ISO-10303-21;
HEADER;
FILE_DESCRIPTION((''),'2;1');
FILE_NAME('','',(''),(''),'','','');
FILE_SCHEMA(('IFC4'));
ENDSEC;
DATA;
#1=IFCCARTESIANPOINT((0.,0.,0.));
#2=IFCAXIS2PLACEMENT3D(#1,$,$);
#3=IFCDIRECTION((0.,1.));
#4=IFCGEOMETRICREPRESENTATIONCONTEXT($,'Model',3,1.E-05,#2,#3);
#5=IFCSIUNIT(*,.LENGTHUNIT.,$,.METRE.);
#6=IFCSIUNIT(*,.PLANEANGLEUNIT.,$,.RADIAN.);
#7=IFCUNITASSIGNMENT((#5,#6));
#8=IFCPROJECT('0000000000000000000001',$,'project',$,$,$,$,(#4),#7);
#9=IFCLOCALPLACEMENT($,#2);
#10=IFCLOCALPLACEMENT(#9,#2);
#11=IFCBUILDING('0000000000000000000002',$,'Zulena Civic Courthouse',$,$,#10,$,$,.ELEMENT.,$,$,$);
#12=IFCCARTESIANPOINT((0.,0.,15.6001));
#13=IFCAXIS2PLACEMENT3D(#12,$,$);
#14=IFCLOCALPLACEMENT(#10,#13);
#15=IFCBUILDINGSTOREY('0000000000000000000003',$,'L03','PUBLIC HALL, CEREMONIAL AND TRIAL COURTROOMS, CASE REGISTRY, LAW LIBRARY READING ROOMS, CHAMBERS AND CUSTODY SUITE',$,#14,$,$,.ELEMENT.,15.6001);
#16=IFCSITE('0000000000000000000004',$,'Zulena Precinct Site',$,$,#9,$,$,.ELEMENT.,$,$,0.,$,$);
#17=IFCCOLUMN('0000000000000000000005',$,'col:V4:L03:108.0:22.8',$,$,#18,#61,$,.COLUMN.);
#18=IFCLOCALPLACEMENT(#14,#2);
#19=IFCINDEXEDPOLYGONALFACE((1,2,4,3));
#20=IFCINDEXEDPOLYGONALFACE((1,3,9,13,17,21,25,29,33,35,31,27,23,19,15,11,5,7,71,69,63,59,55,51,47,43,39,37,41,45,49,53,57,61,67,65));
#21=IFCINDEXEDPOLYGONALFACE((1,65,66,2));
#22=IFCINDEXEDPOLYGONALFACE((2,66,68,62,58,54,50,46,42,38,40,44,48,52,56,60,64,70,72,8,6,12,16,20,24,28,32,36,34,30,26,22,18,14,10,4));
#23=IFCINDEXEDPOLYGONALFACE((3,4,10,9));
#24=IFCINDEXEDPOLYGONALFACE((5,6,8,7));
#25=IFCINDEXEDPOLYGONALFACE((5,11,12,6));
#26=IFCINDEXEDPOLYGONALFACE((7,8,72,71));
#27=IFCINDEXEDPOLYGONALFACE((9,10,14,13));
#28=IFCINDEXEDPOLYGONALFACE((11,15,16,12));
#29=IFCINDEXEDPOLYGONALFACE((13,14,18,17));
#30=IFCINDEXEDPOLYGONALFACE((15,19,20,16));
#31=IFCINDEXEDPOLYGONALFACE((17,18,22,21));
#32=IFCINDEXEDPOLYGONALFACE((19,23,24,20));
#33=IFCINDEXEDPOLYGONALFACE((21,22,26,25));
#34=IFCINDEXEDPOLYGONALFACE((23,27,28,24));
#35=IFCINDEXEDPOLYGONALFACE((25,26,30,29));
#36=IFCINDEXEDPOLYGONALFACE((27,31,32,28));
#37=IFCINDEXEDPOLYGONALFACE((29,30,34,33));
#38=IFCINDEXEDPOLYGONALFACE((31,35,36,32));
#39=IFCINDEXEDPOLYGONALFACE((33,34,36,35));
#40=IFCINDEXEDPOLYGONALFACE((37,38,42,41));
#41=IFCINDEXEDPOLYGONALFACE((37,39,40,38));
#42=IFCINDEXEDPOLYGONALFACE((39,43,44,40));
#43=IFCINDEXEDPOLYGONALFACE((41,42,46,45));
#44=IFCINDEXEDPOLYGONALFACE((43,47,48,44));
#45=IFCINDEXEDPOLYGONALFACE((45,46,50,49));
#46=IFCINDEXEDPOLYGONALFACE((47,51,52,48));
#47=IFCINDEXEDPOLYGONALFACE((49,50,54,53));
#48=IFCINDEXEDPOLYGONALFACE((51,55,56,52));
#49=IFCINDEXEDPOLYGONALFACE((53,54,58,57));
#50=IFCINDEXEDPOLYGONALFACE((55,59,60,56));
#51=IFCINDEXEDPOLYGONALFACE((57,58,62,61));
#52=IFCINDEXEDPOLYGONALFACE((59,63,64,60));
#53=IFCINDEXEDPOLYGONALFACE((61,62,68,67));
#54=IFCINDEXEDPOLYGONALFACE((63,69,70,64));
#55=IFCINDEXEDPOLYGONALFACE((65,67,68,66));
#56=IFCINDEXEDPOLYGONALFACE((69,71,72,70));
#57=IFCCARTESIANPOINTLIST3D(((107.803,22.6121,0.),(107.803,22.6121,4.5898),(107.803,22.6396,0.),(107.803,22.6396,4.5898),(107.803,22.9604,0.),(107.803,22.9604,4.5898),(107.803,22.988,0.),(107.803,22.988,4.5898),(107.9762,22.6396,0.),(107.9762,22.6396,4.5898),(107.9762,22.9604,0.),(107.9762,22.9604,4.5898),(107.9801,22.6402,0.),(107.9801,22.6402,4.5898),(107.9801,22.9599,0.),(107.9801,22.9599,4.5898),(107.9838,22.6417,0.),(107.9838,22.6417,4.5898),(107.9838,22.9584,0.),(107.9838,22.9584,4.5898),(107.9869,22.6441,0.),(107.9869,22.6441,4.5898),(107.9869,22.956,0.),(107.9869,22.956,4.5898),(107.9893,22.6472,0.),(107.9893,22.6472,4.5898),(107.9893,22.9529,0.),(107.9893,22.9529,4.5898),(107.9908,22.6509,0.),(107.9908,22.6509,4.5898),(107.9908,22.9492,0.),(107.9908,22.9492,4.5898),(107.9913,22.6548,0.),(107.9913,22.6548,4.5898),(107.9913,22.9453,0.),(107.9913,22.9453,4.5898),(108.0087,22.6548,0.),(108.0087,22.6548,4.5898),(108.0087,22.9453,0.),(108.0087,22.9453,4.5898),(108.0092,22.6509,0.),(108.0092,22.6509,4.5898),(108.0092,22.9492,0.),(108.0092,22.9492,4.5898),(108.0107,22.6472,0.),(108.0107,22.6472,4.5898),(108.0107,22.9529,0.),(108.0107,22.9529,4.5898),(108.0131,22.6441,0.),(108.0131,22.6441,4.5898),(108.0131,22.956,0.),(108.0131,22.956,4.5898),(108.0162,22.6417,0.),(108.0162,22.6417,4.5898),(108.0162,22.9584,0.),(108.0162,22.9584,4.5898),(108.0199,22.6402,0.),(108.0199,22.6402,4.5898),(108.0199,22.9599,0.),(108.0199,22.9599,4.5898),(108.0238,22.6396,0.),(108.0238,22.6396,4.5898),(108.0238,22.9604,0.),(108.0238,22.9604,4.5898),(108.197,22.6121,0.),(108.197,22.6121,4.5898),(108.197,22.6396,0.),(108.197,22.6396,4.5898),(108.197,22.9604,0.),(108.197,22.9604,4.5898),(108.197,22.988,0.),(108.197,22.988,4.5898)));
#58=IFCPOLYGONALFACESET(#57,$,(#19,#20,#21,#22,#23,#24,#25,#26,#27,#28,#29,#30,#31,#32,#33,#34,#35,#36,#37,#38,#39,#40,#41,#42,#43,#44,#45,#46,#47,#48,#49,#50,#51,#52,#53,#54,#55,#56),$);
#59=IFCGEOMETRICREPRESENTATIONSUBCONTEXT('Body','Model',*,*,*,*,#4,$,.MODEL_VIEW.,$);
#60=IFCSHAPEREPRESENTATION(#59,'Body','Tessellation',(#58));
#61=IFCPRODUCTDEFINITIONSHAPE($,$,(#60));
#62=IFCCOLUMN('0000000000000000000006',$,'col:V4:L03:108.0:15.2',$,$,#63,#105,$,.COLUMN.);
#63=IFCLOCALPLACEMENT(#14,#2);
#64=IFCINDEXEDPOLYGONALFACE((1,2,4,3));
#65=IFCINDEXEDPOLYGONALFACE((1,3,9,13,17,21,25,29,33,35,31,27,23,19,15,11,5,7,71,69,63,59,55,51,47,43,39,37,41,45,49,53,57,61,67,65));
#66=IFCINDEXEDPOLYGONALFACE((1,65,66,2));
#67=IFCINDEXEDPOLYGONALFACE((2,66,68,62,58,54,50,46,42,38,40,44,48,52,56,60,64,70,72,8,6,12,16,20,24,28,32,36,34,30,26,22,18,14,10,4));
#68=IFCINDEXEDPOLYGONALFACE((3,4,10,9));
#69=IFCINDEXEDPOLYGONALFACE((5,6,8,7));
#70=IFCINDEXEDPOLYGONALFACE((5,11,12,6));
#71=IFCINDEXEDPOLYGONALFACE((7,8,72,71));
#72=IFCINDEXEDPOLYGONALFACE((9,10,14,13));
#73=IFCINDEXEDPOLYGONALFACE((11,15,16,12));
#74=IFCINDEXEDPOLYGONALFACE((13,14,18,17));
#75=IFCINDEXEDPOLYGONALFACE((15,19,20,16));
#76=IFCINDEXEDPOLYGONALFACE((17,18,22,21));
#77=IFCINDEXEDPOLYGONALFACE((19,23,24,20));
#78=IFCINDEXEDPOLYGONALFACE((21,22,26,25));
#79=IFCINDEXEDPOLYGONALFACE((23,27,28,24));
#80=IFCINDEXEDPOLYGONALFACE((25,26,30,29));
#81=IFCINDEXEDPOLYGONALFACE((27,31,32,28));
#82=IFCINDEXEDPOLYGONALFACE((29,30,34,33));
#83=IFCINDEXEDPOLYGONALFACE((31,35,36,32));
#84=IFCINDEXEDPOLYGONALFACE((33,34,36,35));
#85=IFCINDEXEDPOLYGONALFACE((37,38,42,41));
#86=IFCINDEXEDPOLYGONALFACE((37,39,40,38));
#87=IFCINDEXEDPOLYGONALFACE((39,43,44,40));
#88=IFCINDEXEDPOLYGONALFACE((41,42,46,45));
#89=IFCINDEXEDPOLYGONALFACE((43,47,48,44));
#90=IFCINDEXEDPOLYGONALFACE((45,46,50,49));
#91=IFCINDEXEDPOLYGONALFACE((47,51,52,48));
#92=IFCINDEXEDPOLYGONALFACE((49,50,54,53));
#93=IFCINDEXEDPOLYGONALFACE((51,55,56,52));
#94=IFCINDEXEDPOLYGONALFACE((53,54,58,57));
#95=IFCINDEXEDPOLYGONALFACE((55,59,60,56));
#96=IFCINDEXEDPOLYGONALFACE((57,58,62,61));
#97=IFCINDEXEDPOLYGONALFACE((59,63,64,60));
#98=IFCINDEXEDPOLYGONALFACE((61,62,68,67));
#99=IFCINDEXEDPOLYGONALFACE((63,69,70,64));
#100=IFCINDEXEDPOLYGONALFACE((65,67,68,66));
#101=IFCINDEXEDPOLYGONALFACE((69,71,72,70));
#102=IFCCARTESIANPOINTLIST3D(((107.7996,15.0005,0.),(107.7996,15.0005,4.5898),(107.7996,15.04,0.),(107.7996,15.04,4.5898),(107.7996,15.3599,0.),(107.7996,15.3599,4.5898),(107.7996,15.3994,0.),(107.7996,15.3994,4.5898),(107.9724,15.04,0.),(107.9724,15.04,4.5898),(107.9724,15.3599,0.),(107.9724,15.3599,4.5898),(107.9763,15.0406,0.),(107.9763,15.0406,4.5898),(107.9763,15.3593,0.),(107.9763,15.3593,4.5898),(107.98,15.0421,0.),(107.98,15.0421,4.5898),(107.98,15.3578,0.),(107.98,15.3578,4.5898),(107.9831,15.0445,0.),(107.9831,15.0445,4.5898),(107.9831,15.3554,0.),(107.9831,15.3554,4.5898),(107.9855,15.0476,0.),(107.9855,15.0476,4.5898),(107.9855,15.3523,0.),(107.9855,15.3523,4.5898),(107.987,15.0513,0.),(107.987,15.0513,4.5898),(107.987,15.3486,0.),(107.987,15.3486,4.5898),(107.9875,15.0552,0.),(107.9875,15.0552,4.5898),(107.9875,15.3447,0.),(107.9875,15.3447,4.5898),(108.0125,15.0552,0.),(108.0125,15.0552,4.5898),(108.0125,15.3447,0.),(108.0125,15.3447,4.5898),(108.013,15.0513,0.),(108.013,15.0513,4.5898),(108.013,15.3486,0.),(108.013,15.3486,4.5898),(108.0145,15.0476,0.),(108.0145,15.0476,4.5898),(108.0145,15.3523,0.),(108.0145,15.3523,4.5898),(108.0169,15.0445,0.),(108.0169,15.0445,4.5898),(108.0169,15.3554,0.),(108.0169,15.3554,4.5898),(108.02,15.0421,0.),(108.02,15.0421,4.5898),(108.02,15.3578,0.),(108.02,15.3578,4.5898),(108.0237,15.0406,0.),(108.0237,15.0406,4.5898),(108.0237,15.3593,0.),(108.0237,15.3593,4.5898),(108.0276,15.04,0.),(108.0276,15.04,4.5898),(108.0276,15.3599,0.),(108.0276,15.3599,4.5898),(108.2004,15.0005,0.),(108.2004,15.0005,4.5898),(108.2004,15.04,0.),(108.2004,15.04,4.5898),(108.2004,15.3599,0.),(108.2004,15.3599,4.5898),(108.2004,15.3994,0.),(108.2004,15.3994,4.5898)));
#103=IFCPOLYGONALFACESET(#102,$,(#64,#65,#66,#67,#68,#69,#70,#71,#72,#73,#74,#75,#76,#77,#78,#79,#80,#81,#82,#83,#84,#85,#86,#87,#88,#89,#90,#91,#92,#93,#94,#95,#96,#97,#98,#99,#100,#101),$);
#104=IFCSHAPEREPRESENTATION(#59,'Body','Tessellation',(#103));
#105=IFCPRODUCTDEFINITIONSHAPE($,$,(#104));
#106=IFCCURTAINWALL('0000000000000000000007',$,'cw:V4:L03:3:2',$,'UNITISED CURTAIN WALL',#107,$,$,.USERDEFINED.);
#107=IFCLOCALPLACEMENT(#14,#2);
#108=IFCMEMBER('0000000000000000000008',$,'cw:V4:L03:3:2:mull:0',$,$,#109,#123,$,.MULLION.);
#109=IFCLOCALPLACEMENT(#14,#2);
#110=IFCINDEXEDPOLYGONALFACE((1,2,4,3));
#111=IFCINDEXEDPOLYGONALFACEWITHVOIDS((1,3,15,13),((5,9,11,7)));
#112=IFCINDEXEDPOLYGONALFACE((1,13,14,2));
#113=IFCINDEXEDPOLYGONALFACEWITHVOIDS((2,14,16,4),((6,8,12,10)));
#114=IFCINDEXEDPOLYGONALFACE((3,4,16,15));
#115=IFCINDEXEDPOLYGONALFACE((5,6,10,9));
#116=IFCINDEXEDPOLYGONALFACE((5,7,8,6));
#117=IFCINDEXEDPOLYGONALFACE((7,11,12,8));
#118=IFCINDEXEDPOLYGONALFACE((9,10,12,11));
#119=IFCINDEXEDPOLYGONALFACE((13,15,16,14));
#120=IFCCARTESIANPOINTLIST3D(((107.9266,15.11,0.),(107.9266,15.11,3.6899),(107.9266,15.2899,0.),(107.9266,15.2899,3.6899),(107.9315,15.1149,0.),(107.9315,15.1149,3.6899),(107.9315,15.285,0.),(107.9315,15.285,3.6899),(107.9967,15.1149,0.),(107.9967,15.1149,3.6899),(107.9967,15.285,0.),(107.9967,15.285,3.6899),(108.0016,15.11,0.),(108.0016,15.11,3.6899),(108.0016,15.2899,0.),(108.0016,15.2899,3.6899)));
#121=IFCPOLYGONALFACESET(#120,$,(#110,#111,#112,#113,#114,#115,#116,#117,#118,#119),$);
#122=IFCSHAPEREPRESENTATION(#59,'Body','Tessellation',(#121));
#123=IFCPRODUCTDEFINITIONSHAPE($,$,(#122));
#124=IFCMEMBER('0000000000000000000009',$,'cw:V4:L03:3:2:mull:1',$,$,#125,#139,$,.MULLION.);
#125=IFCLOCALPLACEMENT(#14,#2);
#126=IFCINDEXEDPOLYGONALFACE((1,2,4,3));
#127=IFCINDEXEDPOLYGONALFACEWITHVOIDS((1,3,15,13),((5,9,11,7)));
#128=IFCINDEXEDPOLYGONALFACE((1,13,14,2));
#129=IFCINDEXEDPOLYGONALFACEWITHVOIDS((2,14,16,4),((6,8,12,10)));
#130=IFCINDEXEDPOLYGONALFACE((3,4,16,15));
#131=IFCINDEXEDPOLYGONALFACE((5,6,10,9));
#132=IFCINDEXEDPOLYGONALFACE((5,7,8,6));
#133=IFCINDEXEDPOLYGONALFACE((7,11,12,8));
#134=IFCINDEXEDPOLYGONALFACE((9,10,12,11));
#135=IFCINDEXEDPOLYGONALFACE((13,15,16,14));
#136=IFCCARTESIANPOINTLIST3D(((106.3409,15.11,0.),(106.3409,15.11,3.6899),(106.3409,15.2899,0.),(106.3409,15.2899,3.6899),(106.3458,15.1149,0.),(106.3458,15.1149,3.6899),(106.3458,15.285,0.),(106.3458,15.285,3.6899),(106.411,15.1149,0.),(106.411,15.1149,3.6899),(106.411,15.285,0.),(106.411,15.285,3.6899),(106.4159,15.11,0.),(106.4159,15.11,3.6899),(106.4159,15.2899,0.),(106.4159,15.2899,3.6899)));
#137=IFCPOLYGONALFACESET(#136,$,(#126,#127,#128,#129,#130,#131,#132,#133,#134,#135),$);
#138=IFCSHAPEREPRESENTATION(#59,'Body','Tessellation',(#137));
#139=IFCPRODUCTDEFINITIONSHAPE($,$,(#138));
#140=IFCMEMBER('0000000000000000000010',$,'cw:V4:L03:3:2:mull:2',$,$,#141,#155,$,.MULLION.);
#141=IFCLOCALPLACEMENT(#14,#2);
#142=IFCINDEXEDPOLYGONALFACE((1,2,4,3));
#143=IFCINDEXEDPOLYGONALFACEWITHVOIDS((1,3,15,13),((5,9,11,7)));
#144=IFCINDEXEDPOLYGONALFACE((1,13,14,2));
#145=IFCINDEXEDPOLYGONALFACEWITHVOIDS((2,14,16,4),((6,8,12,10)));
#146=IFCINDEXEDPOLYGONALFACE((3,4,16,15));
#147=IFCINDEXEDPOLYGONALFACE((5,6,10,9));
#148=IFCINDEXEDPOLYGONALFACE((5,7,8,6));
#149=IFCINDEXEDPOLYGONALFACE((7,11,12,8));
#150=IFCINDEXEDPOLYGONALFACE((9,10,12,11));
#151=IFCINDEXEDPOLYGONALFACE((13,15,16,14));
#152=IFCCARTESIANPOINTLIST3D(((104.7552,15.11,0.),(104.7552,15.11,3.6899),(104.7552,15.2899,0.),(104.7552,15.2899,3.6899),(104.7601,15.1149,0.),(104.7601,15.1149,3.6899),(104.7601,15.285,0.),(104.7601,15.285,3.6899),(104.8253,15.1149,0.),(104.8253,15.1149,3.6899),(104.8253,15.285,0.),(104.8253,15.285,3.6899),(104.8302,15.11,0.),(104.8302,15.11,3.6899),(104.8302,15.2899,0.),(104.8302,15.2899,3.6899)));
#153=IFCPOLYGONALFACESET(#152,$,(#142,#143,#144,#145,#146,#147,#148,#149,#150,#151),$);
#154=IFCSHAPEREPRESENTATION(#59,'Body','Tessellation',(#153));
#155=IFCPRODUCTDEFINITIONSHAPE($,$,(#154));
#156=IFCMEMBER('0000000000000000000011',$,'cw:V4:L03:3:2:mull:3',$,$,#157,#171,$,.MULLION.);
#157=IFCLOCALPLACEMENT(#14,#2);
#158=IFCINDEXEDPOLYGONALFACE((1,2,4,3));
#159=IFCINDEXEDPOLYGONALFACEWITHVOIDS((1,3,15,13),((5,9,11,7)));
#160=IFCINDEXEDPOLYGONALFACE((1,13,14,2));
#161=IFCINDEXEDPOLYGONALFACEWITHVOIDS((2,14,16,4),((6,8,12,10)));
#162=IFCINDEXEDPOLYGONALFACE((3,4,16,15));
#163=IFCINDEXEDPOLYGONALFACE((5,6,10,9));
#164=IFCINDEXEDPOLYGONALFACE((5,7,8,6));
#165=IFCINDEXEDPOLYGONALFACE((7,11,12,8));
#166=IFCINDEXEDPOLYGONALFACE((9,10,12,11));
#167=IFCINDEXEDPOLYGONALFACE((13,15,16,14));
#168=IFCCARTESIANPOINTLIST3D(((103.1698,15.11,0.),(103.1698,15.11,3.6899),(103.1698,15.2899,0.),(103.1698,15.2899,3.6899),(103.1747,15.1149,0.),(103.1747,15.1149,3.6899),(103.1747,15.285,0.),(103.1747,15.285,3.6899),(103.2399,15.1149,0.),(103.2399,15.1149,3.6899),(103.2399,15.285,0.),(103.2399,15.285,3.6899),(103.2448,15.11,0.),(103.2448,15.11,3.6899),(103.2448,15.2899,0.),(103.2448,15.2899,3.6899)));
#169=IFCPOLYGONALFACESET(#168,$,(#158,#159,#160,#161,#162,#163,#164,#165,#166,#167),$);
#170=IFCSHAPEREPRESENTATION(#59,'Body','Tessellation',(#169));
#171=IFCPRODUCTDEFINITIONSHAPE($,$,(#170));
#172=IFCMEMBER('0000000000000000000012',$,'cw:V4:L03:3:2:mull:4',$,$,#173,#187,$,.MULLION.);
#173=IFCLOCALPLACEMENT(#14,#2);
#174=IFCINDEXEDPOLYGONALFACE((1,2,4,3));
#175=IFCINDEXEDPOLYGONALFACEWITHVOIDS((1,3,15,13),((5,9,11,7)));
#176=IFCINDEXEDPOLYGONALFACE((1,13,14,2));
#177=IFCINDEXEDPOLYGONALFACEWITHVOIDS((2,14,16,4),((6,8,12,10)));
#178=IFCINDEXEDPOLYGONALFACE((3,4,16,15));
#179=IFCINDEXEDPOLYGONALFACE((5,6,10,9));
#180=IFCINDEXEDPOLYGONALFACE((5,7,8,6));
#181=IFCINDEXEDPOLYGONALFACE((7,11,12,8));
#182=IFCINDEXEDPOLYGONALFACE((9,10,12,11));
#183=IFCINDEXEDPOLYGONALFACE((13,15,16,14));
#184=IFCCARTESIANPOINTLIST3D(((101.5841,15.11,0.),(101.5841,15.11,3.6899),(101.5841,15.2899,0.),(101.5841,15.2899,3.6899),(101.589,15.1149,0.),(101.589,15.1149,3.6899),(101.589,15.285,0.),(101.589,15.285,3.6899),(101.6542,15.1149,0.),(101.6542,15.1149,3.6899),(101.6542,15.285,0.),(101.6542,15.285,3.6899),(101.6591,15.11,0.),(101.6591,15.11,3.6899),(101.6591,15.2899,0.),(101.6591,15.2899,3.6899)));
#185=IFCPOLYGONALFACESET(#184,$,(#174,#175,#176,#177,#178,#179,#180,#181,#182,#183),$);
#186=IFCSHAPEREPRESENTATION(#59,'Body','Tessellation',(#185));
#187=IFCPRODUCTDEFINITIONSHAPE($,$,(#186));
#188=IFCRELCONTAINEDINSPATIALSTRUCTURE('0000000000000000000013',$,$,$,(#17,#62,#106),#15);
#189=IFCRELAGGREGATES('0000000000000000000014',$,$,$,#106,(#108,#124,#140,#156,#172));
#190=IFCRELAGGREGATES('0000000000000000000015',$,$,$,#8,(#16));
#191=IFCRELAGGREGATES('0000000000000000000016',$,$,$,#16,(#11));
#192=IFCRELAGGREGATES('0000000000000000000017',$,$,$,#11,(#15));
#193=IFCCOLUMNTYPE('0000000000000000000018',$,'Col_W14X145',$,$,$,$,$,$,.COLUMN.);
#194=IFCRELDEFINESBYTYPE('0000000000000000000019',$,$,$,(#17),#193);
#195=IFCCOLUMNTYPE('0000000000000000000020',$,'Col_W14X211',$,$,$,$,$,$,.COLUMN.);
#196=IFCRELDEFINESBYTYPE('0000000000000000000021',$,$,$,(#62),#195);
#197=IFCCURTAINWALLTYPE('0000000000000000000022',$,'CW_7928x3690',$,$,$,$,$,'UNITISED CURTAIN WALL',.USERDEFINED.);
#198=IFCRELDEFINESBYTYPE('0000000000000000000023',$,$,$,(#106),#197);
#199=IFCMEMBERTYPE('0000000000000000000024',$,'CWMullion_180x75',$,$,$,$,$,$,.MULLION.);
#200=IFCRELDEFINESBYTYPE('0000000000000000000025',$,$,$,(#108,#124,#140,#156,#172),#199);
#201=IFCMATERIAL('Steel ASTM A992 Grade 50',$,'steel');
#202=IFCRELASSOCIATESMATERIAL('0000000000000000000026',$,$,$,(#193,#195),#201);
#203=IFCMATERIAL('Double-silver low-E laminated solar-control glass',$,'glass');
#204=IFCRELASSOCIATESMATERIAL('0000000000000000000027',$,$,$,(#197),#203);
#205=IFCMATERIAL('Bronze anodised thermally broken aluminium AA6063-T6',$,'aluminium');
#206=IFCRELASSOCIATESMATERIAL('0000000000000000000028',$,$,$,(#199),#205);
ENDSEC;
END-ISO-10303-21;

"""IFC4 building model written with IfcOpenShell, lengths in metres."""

from ifc_helpers import new_model, si_unit, direction, frame, origin, origin_2d, place, context, subcontext, project, spatial, hollow_rectangle, i_section, extrude, material, material_profile, profile_set, type_object, element, aggregate, save


model = new_model("IFC4")

# Units and contexts
model_context = context("Model", 3, precision=1e-05, world=origin(), true_north=direction((0.0, 1.0)))
body_context = subcontext(model_context, "Body", "Model", "MODEL_VIEW")
ifc_project = project(units=[si_unit("LENGTHUNIT", "METRE"), si_unit("PLANEANGLEUNIT", "RADIAN")], contexts=[model_context])

# Site, building, storey
site_placement = place(None, origin())
site = spatial("IfcSite", under=ifc_project, at=site_placement, Name="Zulena Precinct Site", CompositionType="ELEMENT", RefElevation=0.0)
building_placement = place(site_placement, origin())
building = spatial("IfcBuilding", under=site, at=building_placement, Name="Zulena Civic Courthouse", CompositionType="ELEMENT")
storey_placement = place(building_placement, frame((0.0, 0.0, 15.6001)))
storey = spatial("IfcBuildingStorey", under=building, at=storey_placement, Name="L03", Description="PUBLIC HALL, CEREMONIAL AND TRIAL COURTROOMS, CASE REGISTRY, LAW LIBRARY READING ROOMS, CHAMBERS AND CUSTODY SUITE", CompositionType="ELEMENT", Elevation=15.6001)

# Columns
ifc_material_1 = material(Name="Steel ASTM A992 Grade 50", Category="steel")
ifc_material_profile_1 = material_profile(ifc_material_1, i_section(OverallWidth=0.394, OverallDepth=0.376, WebThickness=0.0173, FlangeThickness=0.0276, FilletRadius=0.0151, at=origin_2d()), Name="W14X145")
ifc_profile_set_1 = profile_set([ifc_material_profile_1], Name="Steel ASTM A992 Grade 50")
column_type_1 = type_object("IfcColumnType", Name="Col_W14X145", PredefinedType="COLUMN", material=ifc_profile_set_1)
column_1_placement = place(storey_placement, frame((108.0, 22.8, 0.0), z_axis=(0.0, 0.0, 1.0), x_axis=(1.0, 0.0, 0.0)))
element("IfcColumn", 1, at=column_1_placement, inside=storey, type_object=column_type_1, Name="col:V4:L03:108.0:22.8", PredefinedType="COLUMN", context=body_context, shape_type="SweptSolid", body=[
    extrude(i_section(OverallWidth=0.394, OverallDepth=0.376, WebThickness=0.0173, FlangeThickness=0.0276, FilletRadius=0.0151, at=origin_2d()), origin(), (0.0, 0.0, 1.0), 4.5898),
])
ifc_material_profile_2 = material_profile(ifc_material_1, i_section(OverallWidth=0.4009, OverallDepth=0.3989, WebThickness=0.0249, FlangeThickness=0.0396, FilletRadius=0.0151, at=origin_2d()), Name="W14X211")
ifc_profile_set_2 = profile_set([ifc_material_profile_2], Name="Steel ASTM A992 Grade 50")
column_type_2 = type_object("IfcColumnType", Name="Col_W14X211", PredefinedType="COLUMN", material=ifc_profile_set_2)
column_2_placement = place(storey_placement, frame((108.0, 15.2, 0.0), z_axis=(0.0, 0.0, 1.0), x_axis=(1.0, 0.0, 0.0)))
element("IfcColumn", 2, at=column_2_placement, inside=storey, type_object=column_type_2, Name="col:V4:L03:108.0:15.2", PredefinedType="COLUMN", context=body_context, shape_type="SweptSolid", body=[
    extrude(i_section(OverallWidth=0.4009, OverallDepth=0.3989, WebThickness=0.0249, FlangeThickness=0.0396, FilletRadius=0.0151, at=origin_2d()), origin(), (0.0, 0.0, 1.0), 4.5898),
])

# Curtain wall, members
ifc_material_2 = material(Name="Double-silver low-E laminated solar-control glass", Category="glass")
curtain_wall_type = type_object("IfcCurtainWallType", Name="CW_7928x3690", ElementType="UNITISED CURTAIN WALL", PredefinedType="USERDEFINED", material=ifc_material_2)
curtain_wall_placement = place(storey_placement, origin())
curtain_wall = element("IfcCurtainWall", 3, at=curtain_wall_placement, inside=storey, type_object=curtain_wall_type, Name="cw:V4:L03:3:2", ObjectType="UNITISED CURTAIN WALL", PredefinedType="USERDEFINED")
ifc_material_3 = material(Name="Bronze anodised thermally broken aluminium AA6063-T6", Category="aluminium")
ifc_material_profile_3 = material_profile(ifc_material_3, hollow_rectangle(XDim=0.075, YDim=0.1799, WallThickness=0.0049, at=origin_2d()), Name="CWM180X75X5")
ifc_profile_set_3 = profile_set([ifc_material_profile_3], Name="Bronze anodised thermally broken aluminium AA6063-T6")
member_type_1 = type_object("IfcMemberType", Name="CWMullion_180x75", PredefinedType="MULLION", material=ifc_profile_set_3)
member_1_placement = place(storey_placement, frame((107.9641, 15.2, 0.0), z_axis=(0.0, 0.0, 1.0), x_axis=(1.0, 0.0, 0.0)))
member_1 = element("IfcMember", 4, at=member_1_placement, type_object=member_type_1, Name="cw:V4:L03:3:2:mull:0", PredefinedType="MULLION", context=body_context, shape_type="SweptSolid", body=[
    extrude(hollow_rectangle(XDim=0.075, YDim=0.1799, WallThickness=0.0049, at=origin_2d()), origin(), (0.0, 0.0, 1.0), 3.6899),
])
member_2_placement = place(storey_placement, frame((106.3784, 15.2, 0.0), z_axis=(0.0, 0.0, 1.0), x_axis=(1.0, 0.0, 0.0)))
member_2 = element("IfcMember", 5, at=member_2_placement, type_object=member_type_1, Name="cw:V4:L03:3:2:mull:1", PredefinedType="MULLION", context=body_context, shape_type="SweptSolid", body=[
    extrude(hollow_rectangle(XDim=0.075, YDim=0.1799, WallThickness=0.0049, at=origin_2d()), origin(), (0.0, 0.0, 1.0), 3.6899),
])
member_3_placement = place(storey_placement, frame((104.7927, 15.2, 0.0), z_axis=(0.0, 0.0, 1.0), x_axis=(1.0, 0.0, 0.0)))
member_3 = element("IfcMember", 6, at=member_3_placement, type_object=member_type_1, Name="cw:V4:L03:3:2:mull:2", PredefinedType="MULLION", context=body_context, shape_type="SweptSolid", body=[
    extrude(hollow_rectangle(XDim=0.075, YDim=0.1799, WallThickness=0.0049, at=origin_2d()), origin(), (0.0, 0.0, 1.0), 3.6899),
])
member_4_placement = place(storey_placement, frame((103.2073, 15.2, 0.0), z_axis=(0.0, 0.0, 1.0), x_axis=(1.0, 0.0, 0.0)))
member_4 = element("IfcMember", 7, at=member_4_placement, type_object=member_type_1, Name="cw:V4:L03:3:2:mull:3", PredefinedType="MULLION", context=body_context, shape_type="SweptSolid", body=[
    extrude(hollow_rectangle(XDim=0.075, YDim=0.1799, WallThickness=0.0049, at=origin_2d()), origin(), (0.0, 0.0, 1.0), 3.6899),
])
member_5_placement = place(storey_placement, frame((101.6216, 15.2, 0.0), z_axis=(0.0, 0.0, 1.0), x_axis=(1.0, 0.0, 0.0)))
member_5 = element("IfcMember", 8, at=member_5_placement, type_object=member_type_1, Name="cw:V4:L03:3:2:mull:4", PredefinedType="MULLION", context=body_context, shape_type="SweptSolid", body=[
    extrude(hollow_rectangle(XDim=0.075, YDim=0.1799, WallThickness=0.0049, at=origin_2d()), origin(), (0.0, 0.0, 1.0), 3.6899),
])

aggregate(curtain_wall, [member_1, member_2, member_3, member_4, member_5])

save(model, "model.ifc")
